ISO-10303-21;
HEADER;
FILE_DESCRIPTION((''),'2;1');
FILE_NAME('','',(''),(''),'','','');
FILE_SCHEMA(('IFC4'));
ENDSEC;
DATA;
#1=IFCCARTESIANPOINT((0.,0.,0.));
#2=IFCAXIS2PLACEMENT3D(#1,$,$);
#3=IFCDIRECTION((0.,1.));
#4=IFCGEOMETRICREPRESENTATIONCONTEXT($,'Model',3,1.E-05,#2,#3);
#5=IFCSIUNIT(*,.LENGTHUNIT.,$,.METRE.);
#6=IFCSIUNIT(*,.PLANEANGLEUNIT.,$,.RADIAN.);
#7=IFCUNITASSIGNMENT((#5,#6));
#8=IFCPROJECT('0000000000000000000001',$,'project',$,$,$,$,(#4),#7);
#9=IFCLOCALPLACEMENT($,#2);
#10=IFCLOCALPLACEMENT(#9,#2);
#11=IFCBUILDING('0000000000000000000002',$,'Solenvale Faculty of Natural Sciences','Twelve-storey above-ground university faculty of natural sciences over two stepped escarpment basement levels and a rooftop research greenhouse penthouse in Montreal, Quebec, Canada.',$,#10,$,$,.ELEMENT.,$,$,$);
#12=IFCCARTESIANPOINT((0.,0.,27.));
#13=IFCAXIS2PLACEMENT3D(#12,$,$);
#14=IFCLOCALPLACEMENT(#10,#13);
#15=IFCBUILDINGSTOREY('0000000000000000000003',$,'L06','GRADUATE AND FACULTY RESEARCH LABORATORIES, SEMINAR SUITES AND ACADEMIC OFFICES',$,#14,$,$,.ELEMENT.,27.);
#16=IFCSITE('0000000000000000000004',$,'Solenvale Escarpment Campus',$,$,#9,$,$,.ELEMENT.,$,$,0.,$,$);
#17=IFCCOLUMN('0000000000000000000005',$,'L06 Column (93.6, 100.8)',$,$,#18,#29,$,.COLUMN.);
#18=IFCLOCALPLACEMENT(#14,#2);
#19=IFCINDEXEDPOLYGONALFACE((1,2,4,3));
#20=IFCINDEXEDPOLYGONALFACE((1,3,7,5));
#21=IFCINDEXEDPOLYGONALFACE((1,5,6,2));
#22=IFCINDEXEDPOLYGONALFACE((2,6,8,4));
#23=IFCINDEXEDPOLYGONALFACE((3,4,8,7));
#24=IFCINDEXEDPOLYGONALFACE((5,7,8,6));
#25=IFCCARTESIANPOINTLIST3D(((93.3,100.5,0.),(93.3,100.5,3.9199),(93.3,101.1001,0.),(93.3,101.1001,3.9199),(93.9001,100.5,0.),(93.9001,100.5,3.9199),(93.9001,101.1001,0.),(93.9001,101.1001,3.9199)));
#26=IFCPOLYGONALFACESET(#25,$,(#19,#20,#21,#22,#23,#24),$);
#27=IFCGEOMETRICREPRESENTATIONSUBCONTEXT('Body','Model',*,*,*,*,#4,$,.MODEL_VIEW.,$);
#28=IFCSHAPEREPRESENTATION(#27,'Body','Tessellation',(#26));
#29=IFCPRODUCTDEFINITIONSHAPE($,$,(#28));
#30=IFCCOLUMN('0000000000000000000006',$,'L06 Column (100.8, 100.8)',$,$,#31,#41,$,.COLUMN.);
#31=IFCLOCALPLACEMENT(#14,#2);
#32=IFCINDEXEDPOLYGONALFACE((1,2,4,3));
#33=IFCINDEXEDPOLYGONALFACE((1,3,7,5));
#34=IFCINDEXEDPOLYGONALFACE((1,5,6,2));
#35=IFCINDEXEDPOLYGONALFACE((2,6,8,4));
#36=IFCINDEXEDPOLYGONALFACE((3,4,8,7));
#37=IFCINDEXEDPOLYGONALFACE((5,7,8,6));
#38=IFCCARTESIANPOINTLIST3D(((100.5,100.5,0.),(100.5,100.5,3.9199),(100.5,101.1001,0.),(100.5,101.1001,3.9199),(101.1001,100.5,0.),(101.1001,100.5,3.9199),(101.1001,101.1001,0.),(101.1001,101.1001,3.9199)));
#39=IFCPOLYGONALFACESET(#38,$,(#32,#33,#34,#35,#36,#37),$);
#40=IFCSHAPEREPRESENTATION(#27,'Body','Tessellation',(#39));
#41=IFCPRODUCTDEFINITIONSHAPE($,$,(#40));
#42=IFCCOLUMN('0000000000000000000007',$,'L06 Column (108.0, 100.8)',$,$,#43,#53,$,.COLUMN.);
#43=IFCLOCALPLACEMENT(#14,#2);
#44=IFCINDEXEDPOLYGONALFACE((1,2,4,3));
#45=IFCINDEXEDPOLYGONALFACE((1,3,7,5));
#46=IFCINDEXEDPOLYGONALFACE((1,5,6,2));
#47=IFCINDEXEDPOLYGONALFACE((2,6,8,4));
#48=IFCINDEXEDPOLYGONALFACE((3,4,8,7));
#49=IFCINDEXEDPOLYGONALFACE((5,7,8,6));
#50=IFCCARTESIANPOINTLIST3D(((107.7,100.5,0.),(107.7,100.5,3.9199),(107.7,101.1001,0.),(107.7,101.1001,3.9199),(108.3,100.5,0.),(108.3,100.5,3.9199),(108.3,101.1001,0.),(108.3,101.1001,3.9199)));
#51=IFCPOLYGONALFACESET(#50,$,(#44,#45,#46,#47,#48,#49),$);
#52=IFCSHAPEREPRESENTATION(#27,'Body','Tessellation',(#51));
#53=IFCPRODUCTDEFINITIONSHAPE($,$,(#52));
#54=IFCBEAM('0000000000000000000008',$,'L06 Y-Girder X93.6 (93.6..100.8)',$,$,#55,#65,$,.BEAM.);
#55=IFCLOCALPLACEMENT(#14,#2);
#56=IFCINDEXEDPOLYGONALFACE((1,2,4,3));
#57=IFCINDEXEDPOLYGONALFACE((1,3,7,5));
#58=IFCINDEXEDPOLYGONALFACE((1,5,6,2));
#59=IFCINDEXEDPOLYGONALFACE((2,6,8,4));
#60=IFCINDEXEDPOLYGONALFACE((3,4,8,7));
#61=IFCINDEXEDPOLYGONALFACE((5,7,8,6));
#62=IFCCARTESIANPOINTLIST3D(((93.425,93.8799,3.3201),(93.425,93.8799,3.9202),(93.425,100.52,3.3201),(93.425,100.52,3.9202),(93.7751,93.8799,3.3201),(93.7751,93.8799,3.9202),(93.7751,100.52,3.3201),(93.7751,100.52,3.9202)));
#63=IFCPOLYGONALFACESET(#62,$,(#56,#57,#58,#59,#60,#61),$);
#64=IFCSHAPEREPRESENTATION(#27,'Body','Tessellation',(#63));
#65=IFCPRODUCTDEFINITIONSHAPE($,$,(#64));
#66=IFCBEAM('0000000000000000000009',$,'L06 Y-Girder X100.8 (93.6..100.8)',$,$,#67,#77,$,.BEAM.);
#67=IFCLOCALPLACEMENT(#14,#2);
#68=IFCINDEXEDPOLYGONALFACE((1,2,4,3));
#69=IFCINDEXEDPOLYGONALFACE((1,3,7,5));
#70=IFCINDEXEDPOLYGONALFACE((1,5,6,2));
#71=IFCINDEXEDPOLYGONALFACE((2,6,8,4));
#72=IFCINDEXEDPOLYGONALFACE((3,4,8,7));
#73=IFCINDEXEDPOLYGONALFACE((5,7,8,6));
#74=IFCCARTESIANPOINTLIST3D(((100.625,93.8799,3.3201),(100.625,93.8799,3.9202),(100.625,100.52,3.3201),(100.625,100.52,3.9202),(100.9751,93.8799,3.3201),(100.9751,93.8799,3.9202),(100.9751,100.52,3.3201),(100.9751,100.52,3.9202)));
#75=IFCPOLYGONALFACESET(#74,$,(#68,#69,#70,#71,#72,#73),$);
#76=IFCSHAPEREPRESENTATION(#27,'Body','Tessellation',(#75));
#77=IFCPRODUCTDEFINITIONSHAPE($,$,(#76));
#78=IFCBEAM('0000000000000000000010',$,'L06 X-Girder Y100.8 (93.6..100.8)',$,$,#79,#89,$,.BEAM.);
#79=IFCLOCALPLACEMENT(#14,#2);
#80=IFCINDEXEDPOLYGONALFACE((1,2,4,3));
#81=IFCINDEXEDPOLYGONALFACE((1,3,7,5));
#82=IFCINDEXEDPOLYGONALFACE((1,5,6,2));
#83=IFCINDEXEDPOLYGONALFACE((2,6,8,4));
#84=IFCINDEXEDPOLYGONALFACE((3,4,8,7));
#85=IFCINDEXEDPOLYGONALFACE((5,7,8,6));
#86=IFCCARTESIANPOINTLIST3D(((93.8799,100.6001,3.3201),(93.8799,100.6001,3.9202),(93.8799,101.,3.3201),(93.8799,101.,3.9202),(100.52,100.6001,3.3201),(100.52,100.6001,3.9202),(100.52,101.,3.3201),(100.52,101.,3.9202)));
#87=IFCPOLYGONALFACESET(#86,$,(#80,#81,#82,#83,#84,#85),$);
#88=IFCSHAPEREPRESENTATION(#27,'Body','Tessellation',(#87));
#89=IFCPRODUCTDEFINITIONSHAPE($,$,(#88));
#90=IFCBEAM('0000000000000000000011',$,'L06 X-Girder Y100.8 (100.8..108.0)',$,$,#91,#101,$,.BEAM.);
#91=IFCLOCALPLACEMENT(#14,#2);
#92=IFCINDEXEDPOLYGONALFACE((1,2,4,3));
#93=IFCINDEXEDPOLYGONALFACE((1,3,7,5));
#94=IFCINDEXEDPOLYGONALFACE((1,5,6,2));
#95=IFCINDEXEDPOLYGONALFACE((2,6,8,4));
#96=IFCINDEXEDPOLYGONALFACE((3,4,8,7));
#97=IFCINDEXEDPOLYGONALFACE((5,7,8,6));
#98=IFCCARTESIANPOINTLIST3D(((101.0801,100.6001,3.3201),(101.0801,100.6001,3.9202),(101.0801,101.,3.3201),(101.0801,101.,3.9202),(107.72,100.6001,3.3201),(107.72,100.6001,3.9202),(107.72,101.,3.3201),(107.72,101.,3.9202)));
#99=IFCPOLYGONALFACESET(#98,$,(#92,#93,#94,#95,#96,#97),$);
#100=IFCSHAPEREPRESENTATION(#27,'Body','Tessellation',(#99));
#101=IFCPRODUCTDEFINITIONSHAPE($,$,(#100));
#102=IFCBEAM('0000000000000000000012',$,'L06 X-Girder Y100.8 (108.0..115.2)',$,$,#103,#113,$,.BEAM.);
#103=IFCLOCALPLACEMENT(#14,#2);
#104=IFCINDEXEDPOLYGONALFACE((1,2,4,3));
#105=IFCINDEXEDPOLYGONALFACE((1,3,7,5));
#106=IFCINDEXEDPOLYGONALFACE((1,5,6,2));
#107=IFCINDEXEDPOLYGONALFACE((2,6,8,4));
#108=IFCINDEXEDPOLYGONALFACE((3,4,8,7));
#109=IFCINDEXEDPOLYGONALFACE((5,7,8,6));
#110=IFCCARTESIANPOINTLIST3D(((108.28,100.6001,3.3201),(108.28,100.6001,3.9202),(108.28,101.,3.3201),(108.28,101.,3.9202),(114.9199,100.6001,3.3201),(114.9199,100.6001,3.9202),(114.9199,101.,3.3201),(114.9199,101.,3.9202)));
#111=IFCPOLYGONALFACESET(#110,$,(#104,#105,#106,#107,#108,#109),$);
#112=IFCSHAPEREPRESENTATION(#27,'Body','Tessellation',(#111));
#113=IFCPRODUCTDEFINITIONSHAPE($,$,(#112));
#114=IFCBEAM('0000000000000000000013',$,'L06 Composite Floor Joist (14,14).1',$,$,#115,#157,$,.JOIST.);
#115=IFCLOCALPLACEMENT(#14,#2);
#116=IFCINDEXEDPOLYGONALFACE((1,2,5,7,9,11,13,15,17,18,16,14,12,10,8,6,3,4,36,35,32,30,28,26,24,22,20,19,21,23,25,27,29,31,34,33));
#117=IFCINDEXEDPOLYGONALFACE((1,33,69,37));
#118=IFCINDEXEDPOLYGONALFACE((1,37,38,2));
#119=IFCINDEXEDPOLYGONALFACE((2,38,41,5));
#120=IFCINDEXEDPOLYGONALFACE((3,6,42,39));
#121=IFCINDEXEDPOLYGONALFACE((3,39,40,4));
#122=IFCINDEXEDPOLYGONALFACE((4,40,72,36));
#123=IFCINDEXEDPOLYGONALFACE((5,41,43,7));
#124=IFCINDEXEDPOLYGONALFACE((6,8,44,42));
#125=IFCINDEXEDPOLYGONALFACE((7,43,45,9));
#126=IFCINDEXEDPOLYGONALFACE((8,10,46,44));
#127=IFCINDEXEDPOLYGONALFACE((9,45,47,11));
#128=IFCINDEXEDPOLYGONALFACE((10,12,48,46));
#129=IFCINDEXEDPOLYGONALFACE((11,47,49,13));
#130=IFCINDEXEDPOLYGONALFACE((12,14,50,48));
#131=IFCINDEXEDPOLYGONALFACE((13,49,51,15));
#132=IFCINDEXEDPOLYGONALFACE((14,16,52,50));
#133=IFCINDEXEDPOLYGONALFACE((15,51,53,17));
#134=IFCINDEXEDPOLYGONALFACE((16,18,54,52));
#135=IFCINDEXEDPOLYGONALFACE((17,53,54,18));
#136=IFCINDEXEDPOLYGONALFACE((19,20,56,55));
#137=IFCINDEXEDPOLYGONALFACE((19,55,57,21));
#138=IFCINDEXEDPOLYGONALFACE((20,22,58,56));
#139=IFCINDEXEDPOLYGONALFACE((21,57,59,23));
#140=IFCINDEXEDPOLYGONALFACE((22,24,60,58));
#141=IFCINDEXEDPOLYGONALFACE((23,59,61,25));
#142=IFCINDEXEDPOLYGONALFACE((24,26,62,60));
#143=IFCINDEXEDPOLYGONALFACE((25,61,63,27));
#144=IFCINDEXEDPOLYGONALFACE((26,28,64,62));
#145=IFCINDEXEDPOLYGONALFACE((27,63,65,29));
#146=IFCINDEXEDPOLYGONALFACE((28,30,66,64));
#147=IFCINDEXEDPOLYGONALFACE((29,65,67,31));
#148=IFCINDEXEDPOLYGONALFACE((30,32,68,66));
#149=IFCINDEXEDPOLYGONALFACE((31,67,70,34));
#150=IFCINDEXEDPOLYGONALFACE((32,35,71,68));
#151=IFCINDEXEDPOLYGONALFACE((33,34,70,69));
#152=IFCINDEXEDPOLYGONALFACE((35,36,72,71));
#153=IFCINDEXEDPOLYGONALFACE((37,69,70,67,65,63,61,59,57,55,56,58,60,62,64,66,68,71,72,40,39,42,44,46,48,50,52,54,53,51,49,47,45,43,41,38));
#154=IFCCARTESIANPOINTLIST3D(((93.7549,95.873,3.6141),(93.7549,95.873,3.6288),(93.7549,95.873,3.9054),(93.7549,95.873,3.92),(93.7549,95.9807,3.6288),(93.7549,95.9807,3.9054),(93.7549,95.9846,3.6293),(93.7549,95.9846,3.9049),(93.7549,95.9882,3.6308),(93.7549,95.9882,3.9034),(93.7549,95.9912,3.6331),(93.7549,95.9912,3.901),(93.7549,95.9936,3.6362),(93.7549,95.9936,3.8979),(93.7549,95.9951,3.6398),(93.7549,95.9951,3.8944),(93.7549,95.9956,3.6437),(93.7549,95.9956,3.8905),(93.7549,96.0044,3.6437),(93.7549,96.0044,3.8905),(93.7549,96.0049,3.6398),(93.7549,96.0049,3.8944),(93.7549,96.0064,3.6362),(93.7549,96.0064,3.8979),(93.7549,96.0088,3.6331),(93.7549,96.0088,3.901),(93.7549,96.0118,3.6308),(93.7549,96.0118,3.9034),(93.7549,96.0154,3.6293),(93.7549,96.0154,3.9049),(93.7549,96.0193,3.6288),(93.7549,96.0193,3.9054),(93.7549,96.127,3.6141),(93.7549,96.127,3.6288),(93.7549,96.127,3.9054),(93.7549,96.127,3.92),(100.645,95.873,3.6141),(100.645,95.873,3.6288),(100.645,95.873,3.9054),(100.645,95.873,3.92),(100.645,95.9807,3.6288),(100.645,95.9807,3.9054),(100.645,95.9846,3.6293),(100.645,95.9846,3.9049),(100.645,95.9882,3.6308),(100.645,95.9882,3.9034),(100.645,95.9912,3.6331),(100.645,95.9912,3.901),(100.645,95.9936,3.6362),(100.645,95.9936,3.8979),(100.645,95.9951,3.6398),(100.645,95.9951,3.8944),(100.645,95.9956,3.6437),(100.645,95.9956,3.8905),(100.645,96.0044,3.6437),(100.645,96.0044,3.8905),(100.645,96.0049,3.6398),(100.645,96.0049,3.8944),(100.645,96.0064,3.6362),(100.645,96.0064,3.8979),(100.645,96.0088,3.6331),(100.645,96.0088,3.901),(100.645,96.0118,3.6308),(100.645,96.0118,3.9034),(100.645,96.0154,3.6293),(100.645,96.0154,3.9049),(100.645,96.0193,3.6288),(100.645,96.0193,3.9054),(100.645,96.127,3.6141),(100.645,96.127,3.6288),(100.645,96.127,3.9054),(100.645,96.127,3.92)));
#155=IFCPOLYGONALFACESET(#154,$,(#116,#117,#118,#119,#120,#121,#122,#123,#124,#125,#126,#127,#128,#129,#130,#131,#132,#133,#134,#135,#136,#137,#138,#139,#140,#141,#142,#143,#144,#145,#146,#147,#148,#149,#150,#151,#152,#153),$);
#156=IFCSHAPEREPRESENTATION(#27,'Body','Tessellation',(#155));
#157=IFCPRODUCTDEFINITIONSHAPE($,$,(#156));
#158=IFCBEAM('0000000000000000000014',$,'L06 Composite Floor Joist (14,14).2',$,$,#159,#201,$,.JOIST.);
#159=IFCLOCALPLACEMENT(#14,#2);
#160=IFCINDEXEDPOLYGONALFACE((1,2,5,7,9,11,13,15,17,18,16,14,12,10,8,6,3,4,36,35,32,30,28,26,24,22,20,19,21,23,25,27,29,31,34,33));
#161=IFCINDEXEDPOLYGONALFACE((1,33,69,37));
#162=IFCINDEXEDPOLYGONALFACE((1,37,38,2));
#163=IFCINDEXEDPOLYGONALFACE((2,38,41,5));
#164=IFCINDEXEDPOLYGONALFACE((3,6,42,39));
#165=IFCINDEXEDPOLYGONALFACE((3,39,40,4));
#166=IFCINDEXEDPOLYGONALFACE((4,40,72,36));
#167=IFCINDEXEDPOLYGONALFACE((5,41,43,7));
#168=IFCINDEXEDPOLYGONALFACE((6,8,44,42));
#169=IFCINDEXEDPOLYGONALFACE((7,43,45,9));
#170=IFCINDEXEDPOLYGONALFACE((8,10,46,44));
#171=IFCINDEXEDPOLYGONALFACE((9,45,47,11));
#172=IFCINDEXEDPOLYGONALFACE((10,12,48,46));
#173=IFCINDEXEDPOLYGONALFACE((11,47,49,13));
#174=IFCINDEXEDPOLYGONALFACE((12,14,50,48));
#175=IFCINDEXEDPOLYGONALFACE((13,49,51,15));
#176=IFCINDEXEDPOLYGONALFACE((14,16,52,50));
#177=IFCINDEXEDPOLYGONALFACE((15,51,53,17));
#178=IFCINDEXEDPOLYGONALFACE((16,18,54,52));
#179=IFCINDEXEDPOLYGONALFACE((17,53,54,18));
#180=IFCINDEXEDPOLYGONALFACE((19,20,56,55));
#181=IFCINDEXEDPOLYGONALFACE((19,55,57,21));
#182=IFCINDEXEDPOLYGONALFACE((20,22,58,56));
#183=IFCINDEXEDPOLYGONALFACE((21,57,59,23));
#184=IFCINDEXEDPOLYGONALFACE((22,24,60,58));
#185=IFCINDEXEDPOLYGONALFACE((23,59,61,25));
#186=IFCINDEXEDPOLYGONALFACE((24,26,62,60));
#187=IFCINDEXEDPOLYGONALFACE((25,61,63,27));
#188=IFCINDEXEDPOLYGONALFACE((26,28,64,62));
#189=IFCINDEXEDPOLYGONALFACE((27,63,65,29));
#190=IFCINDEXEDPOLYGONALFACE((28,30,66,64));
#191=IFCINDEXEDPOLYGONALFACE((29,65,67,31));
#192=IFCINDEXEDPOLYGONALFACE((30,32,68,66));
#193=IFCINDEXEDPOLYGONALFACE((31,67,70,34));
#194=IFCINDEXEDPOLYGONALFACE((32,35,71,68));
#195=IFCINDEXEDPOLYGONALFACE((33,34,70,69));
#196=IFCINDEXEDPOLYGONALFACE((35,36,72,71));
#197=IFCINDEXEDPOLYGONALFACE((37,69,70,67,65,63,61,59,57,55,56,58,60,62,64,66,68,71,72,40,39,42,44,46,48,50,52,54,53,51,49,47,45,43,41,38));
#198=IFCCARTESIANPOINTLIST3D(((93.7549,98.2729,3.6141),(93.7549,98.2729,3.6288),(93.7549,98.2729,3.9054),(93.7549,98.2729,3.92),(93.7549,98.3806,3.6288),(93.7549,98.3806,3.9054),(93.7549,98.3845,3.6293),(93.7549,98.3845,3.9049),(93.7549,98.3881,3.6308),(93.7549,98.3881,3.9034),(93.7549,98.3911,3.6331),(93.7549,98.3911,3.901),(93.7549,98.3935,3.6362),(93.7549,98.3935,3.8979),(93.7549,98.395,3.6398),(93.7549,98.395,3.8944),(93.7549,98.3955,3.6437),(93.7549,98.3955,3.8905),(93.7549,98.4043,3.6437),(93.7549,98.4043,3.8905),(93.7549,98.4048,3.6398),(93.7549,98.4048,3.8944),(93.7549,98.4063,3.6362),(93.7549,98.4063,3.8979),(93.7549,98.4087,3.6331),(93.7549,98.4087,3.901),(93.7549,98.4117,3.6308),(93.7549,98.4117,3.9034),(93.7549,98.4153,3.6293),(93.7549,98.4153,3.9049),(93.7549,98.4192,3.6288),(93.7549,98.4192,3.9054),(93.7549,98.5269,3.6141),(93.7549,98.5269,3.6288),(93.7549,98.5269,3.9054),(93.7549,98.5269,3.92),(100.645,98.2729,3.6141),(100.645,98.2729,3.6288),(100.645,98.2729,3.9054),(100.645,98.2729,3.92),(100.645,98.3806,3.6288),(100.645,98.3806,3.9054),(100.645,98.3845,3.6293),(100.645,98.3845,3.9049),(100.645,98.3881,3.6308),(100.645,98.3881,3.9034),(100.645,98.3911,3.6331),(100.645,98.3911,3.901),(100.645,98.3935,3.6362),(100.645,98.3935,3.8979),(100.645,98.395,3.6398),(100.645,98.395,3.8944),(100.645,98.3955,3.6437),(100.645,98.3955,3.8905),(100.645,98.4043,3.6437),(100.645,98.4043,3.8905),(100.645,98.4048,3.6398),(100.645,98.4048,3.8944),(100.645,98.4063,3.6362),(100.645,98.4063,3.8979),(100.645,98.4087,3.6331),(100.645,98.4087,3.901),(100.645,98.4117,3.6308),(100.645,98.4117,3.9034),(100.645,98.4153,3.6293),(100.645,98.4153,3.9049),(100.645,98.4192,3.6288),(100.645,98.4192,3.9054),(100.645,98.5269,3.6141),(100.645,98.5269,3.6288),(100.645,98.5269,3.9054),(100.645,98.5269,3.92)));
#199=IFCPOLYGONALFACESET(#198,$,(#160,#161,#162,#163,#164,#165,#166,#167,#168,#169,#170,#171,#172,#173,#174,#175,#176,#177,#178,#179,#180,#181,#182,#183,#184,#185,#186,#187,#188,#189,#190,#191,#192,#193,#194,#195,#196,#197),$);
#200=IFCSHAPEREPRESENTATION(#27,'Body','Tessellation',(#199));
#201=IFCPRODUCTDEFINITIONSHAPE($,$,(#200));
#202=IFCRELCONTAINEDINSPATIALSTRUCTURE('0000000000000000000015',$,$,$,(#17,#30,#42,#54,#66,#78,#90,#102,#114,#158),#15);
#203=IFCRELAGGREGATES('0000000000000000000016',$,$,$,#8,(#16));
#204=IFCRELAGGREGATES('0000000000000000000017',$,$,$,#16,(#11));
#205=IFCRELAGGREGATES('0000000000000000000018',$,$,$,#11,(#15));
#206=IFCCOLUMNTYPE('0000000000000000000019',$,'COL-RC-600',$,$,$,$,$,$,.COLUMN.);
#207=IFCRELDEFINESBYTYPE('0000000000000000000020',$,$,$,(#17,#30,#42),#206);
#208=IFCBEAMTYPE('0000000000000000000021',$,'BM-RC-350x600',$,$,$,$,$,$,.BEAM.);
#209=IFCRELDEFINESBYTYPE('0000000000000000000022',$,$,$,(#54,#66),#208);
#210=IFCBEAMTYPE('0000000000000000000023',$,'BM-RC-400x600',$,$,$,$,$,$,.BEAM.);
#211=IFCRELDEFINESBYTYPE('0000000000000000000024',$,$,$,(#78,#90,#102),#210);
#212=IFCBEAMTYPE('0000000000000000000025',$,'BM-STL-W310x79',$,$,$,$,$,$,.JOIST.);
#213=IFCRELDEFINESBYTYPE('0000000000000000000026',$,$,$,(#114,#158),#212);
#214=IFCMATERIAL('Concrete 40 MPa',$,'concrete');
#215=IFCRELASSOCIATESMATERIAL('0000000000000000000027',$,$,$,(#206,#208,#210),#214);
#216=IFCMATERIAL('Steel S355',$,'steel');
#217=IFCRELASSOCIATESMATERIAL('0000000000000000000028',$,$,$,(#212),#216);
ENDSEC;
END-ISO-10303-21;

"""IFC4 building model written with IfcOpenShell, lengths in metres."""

from ifc_helpers import new_model, si_unit, direction, frame, origin, origin_2d, place, context, subcontext, project, spatial, rectangle, i_section, extrude, material, material_profile, profile_set, type_object, element, save


model = new_model("IFC4")

# Units and contexts
model_context = context("Model", 3, precision=1e-05, world=origin(), true_north=direction((0.0, 1.0)))
body_context = subcontext(model_context, "Body", "Model", "MODEL_VIEW")
ifc_project = project(units=[si_unit("LENGTHUNIT", "METRE"), si_unit("PLANEANGLEUNIT", "RADIAN")], contexts=[model_context])

# Site, building, storey
site_placement = place(None, origin())
site = spatial("IfcSite", under=ifc_project, at=site_placement, Name="Solenvale Escarpment Campus", CompositionType="ELEMENT", RefElevation=0.0)
building_placement = place(site_placement, origin())
building = spatial("IfcBuilding", under=site, at=building_placement, Name="Solenvale Faculty of Natural Sciences", Description="Twelve-storey above-ground university faculty of natural sciences over two stepped escarpment basement levels and a rooftop research greenhouse penthouse in Montreal, Quebec, Canada.", CompositionType="ELEMENT")
storey_placement = place(building_placement, frame((0.0, 0.0, 27.0)))
storey = spatial("IfcBuildingStorey", under=building, at=storey_placement, Name="L06", Description="GRADUATE AND FACULTY RESEARCH LABORATORIES, SEMINAR SUITES AND ACADEMIC OFFICES", CompositionType="ELEMENT", Elevation=27.0)

# Columns
ifc_material_1 = material(Name="Concrete 40 MPa", Category="concrete")
ifc_material_profile_1 = material_profile(ifc_material_1, rectangle(XDim=0.6001, YDim=0.6001, at=origin_2d()), Name="RC-COL-600x600")
ifc_profile_set_1 = profile_set([ifc_material_profile_1], Name="Concrete 40 MPa")
column_type = type_object("IfcColumnType", Name="COL-RC-600", PredefinedType="COLUMN", material=ifc_profile_set_1)
for number, where, z_axis, x_axis, name in (
    (1, (93.6001, 100.8, 0.0), (0.0, 0.0, 1.0), (1.0, 0.0, 0.0), "L06 Column (93.6, 100.8)"),
    (2, (100.8, 100.8, 0.0), (0.0, 0.0, 1.0), (1.0, 0.0, 0.0), "L06 Column (100.8, 100.8)"),
    (3, (108.0, 100.8, 0.0), (0.0, 0.0, 1.0), (1.0, 0.0, 0.0), "L06 Column (108.0, 100.8)"),
):
    element("IfcColumn", number, at=place(storey_placement, frame(where, z_axis=z_axis, x_axis=x_axis)), inside=storey, type_object=column_type, Name=name, PredefinedType="COLUMN", context=body_context, shape_type="SweptSolid", body=[
        extrude(rectangle(XDim=0.6001, YDim=0.6001, at=origin_2d()), origin(), (0.0, 0.0, 1.0), 3.9199),
    ])

# Beams
ifc_material_profile_2 = material_profile(ifc_material_1, rectangle(XDim=0.3501, YDim=0.6001, at=origin_2d()), Name="RC-BM-350x600")
ifc_profile_set_2 = profile_set([ifc_material_profile_2], Name="Concrete 40 MPa")
beam_type_1 = type_object("IfcBeamType", Name="BM-RC-350x600", PredefinedType="BEAM", material=ifc_profile_set_2)
for number, where, z_axis, x_axis, name in (
    (4, (93.6001, 93.8799, 3.6201), (0.0, 1.0, 0.0), (-1.0, 0.0, 0.0), "L06 Y-Girder X93.6 (93.6..100.8)"),
    (5, (100.8, 93.8799, 3.6201), (0.0, 1.0, 0.0), (-1.0, 0.0, 0.0), "L06 Y-Girder X100.8 (93.6..100.8)"),
):
    element("IfcBeam", number, at=place(storey_placement, frame(where, z_axis=z_axis, x_axis=x_axis)), inside=storey, type_object=beam_type_1, Name=name, PredefinedType="BEAM", context=body_context, shape_type="SweptSolid", body=[
        extrude(rectangle(XDim=0.3501, YDim=0.6001, at=origin_2d()), origin(), (0.0, 0.0, 1.0), 6.6401),
    ])
ifc_material_profile_3 = material_profile(ifc_material_1, rectangle(XDim=0.3999, YDim=0.6001, at=origin_2d()), Name="RC-BM-400x600")
ifc_profile_set_3 = profile_set([ifc_material_profile_3], Name="Concrete 40 MPa")
beam_type_2 = type_object("IfcBeamType", Name="BM-RC-400x600", PredefinedType="BEAM", material=ifc_profile_set_3)
beam_placement = place(storey_placement, frame((93.8799, 100.8, 3.6201), z_axis=(1.0, 0.0, 0.0), x_axis=(0.0, 1.0, 0.0)))
element("IfcBeam", 6, at=beam_placement, inside=storey, type_object=beam_type_2, Name="L06 X-Girder Y100.8 (93.6..100.8)", PredefinedType="BEAM", context=body_context, shape_type="SweptSolid", body=[
    extrude(rectangle(XDim=0.3999, YDim=0.6001, at=origin_2d()), origin(), (0.0, 0.0, 1.0), 6.6401),
])
for number, where, z_axis, x_axis, name in (
    (7, (101.0801, 100.8, 3.6201), (1.0, 0.0, 0.0), (0.0, 1.0, 0.0), "L06 X-Girder Y100.8 (100.8..108.0)"),
    (8, (108.28, 100.8, 3.6201), (1.0, 0.0, 0.0), (0.0, 1.0, 0.0), "L06 X-Girder Y100.8 (108.0..115.2)"),
):
    element("IfcBeam", number, at=place(storey_placement, frame(where, z_axis=z_axis, x_axis=x_axis)), inside=storey, type_object=beam_type_2, Name=name, PredefinedType="BEAM", context=body_context, shape_type="SweptSolid", body=[
        extrude(rectangle(XDim=0.3999, YDim=0.6001, at=origin_2d()), origin(), (0.0, 0.0, 1.0), 6.6399),
    ])
ifc_material_2 = material(Name="Steel S355", Category="steel")
ifc_material_profile_4 = material_profile(ifc_material_2, i_section(OverallWidth=0.2539, OverallDepth=0.3059, WebThickness=0.0088, FlangeThickness=0.0146, FilletRadius=0.0149, at=origin_2d()), Name="W310x79")
ifc_profile_set_4 = profile_set([ifc_material_profile_4], Name="Steel S355")
beam_type_3 = type_object("IfcBeamType", Name="BM-STL-W310x79", PredefinedType="JOIST", material=ifc_profile_set_4)
for number, where, z_axis, x_axis, name in (
    (9, (93.7549, 96.0, 3.7671), (1.0, 0.0, 0.0), (0.0, 1.0, 0.0), "L06 Composite Floor Joist (14,14).1"),
    (10, (93.7549, 98.3999, 3.7671), (1.0, 0.0, 0.0), (0.0, 1.0, 0.0), "L06 Composite Floor Joist (14,14).2"),
):
    element("IfcBeam", number, at=place(storey_placement, frame(where, z_axis=z_axis, x_axis=x_axis)), inside=storey, type_object=beam_type_3, Name=name, PredefinedType="JOIST", context=body_context, shape_type="SweptSolid", body=[
        extrude(i_section(OverallWidth=0.2539, OverallDepth=0.3059, WebThickness=0.0088, FlangeThickness=0.0146, FilletRadius=0.0149, at=origin_2d()), origin(), (0.0, 0.0, 1.0), 6.8901),
    ])

save(model, "model.ifc")
